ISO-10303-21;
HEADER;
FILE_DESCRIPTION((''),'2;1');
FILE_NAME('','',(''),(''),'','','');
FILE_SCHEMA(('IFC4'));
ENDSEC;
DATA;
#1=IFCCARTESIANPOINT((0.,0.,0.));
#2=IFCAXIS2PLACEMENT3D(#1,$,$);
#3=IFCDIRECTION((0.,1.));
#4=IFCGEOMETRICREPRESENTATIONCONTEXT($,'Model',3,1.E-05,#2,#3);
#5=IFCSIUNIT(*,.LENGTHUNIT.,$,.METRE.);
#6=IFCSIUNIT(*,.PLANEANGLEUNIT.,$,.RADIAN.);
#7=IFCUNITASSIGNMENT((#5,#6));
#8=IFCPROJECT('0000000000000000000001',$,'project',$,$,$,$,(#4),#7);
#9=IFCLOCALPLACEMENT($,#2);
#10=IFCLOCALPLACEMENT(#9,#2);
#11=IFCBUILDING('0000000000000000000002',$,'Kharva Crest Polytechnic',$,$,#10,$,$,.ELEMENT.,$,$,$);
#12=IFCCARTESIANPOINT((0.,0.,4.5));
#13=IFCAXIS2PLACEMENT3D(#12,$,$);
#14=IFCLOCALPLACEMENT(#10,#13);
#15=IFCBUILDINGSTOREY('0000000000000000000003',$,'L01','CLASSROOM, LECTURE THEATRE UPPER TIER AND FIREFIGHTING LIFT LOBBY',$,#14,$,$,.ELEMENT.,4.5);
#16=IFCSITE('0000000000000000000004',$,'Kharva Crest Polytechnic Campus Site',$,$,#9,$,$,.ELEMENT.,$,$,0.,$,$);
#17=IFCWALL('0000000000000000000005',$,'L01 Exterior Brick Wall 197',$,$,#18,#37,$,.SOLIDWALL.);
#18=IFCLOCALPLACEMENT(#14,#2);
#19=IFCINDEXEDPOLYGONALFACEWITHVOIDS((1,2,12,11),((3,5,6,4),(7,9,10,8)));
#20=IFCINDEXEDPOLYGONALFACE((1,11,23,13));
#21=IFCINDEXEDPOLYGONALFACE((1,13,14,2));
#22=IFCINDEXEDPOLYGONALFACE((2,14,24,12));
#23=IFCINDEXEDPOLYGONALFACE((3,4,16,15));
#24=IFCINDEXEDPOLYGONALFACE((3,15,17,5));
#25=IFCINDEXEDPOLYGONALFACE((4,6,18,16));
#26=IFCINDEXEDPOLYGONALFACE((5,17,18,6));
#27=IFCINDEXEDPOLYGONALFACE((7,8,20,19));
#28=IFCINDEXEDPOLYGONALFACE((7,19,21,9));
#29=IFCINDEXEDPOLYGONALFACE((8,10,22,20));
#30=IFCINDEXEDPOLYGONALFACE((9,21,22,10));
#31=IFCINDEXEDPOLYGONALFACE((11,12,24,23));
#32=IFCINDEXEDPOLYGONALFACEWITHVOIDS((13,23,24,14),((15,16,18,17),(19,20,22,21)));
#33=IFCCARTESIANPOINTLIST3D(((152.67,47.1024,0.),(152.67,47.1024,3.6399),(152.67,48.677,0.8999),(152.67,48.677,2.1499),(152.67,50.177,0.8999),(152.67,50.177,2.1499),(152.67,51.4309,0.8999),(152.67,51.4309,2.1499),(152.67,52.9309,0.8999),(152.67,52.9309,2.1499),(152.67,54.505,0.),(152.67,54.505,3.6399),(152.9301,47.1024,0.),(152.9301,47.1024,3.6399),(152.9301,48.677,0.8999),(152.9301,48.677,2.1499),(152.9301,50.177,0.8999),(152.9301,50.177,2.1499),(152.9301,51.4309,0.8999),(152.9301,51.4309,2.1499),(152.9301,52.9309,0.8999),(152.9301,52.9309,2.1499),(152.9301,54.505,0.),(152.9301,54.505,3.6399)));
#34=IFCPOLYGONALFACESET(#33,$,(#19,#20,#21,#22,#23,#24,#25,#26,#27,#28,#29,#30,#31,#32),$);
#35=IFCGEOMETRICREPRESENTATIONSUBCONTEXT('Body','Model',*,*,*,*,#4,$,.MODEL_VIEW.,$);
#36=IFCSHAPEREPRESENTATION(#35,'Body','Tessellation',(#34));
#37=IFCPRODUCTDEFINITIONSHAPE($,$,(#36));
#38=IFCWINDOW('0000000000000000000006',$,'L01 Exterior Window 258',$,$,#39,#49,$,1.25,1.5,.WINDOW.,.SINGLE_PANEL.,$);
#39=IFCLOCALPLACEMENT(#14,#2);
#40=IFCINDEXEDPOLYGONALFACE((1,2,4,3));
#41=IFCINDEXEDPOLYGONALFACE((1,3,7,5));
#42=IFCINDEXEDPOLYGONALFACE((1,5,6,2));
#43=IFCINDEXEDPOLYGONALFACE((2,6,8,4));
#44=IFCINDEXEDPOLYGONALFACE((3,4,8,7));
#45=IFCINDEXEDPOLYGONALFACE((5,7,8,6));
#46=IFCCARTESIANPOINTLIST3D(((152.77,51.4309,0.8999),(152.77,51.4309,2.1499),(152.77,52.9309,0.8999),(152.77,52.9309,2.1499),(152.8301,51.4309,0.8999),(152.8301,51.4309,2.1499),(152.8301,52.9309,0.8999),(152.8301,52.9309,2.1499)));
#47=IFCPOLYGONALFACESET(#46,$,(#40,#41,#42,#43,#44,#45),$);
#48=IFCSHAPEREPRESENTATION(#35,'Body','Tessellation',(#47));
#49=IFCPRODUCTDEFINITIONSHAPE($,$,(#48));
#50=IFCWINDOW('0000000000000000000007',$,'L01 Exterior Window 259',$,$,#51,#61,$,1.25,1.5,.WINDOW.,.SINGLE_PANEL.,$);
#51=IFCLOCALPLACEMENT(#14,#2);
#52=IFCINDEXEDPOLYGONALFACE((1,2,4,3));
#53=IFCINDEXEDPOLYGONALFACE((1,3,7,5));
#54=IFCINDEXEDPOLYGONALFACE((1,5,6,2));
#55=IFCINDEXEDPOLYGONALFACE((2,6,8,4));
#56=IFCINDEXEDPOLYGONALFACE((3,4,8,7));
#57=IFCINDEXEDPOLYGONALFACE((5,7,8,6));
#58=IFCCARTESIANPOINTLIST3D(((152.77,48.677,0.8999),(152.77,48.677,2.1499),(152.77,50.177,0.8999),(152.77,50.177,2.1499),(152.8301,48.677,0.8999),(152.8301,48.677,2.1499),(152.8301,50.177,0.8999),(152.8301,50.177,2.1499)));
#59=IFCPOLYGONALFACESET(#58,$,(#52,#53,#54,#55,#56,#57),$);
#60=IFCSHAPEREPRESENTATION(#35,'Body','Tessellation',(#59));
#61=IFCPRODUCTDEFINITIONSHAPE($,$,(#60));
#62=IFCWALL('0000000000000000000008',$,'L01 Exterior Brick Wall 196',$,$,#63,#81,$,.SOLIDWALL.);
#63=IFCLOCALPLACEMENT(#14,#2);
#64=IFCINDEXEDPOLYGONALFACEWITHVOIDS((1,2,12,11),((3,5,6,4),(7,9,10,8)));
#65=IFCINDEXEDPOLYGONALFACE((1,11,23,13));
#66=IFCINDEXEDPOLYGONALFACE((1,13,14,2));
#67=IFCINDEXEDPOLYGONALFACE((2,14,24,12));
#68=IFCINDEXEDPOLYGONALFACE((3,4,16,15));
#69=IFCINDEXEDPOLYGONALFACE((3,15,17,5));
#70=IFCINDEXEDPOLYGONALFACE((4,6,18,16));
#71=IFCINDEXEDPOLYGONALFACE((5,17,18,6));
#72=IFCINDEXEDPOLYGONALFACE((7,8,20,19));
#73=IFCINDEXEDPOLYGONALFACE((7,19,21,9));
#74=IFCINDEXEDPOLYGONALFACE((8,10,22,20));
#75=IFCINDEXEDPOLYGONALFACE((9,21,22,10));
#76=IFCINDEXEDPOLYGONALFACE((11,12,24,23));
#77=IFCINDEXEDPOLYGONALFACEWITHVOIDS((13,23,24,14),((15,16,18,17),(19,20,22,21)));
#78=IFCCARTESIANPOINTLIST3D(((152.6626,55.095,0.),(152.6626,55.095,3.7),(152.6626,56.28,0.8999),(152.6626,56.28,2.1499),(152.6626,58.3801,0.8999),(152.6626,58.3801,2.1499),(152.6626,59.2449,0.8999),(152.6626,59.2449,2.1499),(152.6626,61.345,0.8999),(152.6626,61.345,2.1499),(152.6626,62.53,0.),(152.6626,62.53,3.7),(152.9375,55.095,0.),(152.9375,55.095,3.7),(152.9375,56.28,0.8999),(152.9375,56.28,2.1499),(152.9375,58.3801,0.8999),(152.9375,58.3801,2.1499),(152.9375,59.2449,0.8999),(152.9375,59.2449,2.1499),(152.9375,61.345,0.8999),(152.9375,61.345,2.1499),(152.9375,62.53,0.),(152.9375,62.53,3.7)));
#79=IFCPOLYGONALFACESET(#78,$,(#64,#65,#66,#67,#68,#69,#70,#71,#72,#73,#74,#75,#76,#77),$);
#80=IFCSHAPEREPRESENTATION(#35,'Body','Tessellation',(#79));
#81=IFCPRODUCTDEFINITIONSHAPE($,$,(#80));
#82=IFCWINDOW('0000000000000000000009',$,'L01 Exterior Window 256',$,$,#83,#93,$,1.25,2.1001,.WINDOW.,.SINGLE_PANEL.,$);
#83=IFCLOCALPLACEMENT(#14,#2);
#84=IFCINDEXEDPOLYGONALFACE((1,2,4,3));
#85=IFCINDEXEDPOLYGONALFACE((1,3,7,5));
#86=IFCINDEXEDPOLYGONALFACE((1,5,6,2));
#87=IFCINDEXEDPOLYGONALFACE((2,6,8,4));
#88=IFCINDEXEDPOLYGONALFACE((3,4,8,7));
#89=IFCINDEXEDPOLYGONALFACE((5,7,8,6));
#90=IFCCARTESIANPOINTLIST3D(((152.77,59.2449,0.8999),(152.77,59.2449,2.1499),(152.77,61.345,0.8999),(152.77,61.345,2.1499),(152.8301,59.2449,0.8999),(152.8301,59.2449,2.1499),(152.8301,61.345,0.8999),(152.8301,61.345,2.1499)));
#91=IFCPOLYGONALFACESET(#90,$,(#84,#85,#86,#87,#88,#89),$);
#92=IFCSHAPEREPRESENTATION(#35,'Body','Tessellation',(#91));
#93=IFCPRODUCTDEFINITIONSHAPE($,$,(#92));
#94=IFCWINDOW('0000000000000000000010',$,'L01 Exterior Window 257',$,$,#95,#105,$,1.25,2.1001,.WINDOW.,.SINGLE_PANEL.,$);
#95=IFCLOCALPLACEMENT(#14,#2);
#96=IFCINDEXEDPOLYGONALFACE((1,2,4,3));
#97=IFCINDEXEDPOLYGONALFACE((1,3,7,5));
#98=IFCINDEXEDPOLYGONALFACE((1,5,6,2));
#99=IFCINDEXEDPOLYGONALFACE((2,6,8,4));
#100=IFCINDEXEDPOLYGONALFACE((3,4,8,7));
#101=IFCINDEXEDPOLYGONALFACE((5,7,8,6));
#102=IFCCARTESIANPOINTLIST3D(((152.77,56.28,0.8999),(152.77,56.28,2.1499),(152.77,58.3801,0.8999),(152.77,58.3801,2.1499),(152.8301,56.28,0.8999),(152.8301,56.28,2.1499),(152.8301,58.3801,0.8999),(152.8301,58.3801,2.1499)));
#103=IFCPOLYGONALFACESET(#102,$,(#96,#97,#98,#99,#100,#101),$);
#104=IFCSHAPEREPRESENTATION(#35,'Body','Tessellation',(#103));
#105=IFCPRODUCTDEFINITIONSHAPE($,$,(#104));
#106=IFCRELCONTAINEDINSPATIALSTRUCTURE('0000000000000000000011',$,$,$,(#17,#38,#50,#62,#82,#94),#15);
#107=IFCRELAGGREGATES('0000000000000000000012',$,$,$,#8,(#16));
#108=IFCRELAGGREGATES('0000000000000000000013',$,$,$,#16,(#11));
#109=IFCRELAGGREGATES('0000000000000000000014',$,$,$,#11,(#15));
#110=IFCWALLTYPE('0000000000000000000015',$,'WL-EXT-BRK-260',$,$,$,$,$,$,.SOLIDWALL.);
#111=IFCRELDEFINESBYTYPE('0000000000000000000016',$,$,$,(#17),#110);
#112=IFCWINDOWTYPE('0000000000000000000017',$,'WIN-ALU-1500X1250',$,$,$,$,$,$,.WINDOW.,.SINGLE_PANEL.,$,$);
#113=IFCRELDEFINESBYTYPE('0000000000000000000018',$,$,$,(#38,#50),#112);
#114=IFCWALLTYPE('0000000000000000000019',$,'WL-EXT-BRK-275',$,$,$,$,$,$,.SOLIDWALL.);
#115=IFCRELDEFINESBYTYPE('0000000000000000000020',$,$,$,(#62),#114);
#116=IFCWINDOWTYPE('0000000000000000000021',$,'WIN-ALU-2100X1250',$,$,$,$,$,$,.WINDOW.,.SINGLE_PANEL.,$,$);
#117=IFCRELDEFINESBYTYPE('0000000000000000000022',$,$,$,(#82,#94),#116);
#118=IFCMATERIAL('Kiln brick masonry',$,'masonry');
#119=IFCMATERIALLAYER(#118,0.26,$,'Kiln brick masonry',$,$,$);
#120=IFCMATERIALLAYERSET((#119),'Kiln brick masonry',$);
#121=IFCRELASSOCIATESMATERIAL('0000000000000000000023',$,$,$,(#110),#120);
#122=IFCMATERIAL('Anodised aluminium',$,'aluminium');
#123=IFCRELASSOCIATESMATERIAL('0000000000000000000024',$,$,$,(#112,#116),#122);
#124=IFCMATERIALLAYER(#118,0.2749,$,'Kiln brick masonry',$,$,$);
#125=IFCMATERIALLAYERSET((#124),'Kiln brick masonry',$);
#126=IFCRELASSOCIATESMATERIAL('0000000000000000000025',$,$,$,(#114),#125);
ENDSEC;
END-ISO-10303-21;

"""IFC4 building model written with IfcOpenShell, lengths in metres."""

from ifc_helpers import new_model, si_unit, direction, frame, frame_2d, origin, place, context, subcontext, project, spatial, rectangle, extrude, material, layer, layer_set, type_object, element, fill, save


model = new_model("IFC4")

# Units and contexts
model_context = context("Model", 3, precision=1e-05, world=origin(), true_north=direction((0.0, 1.0)))
body_context = subcontext(model_context, "Body", "Model", "MODEL_VIEW")
ifc_project = project(units=[si_unit("LENGTHUNIT", "METRE"), si_unit("PLANEANGLEUNIT", "RADIAN")], contexts=[model_context])

# Site, building, storey
site_placement = place(None, origin())
site = spatial("IfcSite", under=ifc_project, at=site_placement, Name="Kharva Crest Polytechnic Campus Site", CompositionType="ELEMENT", RefElevation=0.0)
building_placement = place(site_placement, origin())
building = spatial("IfcBuilding", under=site, at=building_placement, Name="Kharva Crest Polytechnic", CompositionType="ELEMENT")
storey_placement = place(building_placement, frame((0.0, 0.0, 4.5)))
storey = spatial("IfcBuildingStorey", under=building, at=storey_placement, Name="L01", Description="CLASSROOM, LECTURE THEATRE UPPER TIER AND FIREFIGHTING LIFT LOBBY", CompositionType="ELEMENT", Elevation=4.5)

# Walls, openings, windows
ifc_material_1 = material(Name="Kiln brick masonry", Category="masonry")
ifc_layer_1 = layer(ifc_material_1, 0.26, Name="Kiln brick masonry")
ifc_layer_set_1 = layer_set([ifc_layer_1], Name="Kiln brick masonry")
wall_type_1 = type_object("IfcWallType", Name="WL-EXT-BRK-260", PredefinedType="SOLIDWALL", material=ifc_layer_set_1)
wall_1_placement = place(storey_placement, frame((152.8, 54.5049, 0.0), z_axis=(0.0, 0.0, 1.0), x_axis=(0.0, -1.0, 0.0)))
wall_1 = element("IfcWall", 1, at=wall_1_placement, inside=storey, type_object=wall_type_1, Name="L01 Exterior Brick Wall 197", PredefinedType="SOLIDWALL", context=body_context, shape_type="SweptSolid", body=[
    extrude(rectangle(XDim=7.4026, YDim=0.26, at=frame_2d((3.7012, 0.0))), origin(), (0.0, 0.0, 1.0), 3.6399),
])
opening_1_placement = place(wall_1_placement, frame((1.574, 0.0, 0.8999)))
opening_1 = element("IfcOpeningElement", 2, at=opening_1_placement, cuts=wall_1, PredefinedType="OPENING", context=body_context, shape_type="SweptSolid", body=[
    extrude(rectangle(XDim=1.5, YDim=1.25, at=frame_2d((0.75, 0.625))), frame((0.0, 0.1399, 0.0), z_axis=(0.0, -1.0, 0.0), x_axis=(1.0, 0.0, 0.0)), (0.0, 0.0, 1.0), 0.28),
])
opening_2_placement = place(wall_1_placement, frame((4.3279, 0.0, 0.8999)))
opening_2 = element("IfcOpeningElement", 3, at=opening_2_placement, cuts=wall_1, PredefinedType="OPENING", context=body_context, shape_type="SweptSolid", body=[
    extrude(rectangle(XDim=1.5, YDim=1.25, at=frame_2d((0.75, 0.625))), frame((0.0, 0.1399, 0.0), z_axis=(0.0, -1.0, 0.0), x_axis=(1.0, 0.0, 0.0)), (0.0, 0.0, 1.0), 0.28),
])
ifc_material_2 = material(Name="Anodised aluminium", Category="aluminium")
window_type_1 = type_object("IfcWindowType", Name="WIN-ALU-1500X1250", PartitioningType="SINGLE_PANEL", PredefinedType="WINDOW", material=ifc_material_2)
window_1_placement = place(opening_1_placement, origin())
window_1 = element("IfcWindow", 4, at=window_1_placement, inside=storey, type_object=window_type_1, Name="L01 Exterior Window 258", OverallHeight=1.25, OverallWidth=1.5, PartitioningType="SINGLE_PANEL", PredefinedType="WINDOW", context=body_context, shape_type="SweptSolid", body=[
    extrude(rectangle(XDim=1.5, YDim=1.25, at=frame_2d((0.75, 0.625))), frame((0.0, 0.03, 0.0), z_axis=(0.0, -1.0, 0.0), x_axis=(1.0, 0.0, 0.0)), (0.0, 0.0, 1.0), 0.0601),
])
fill(opening_1, window_1)
window_2_placement = place(opening_2_placement, origin())
window_2 = element("IfcWindow", 5, at=window_2_placement, inside=storey, type_object=window_type_1, Name="L01 Exterior Window 259", OverallHeight=1.25, OverallWidth=1.5, PartitioningType="SINGLE_PANEL", PredefinedType="WINDOW", context=body_context, shape_type="SweptSolid", body=[
    extrude(rectangle(XDim=1.5, YDim=1.25, at=frame_2d((0.75, 0.625))), frame((0.0, 0.03, 0.0), z_axis=(0.0, -1.0, 0.0), x_axis=(1.0, 0.0, 0.0)), (0.0, 0.0, 1.0), 0.0601),
])
fill(opening_2, window_2)
ifc_layer_2 = layer(ifc_material_1, 0.2749, Name="Kiln brick masonry")
ifc_layer_set_2 = layer_set([ifc_layer_2], Name="Kiln brick masonry")
wall_type_2 = type_object("IfcWallType", Name="WL-EXT-BRK-275", PredefinedType="SOLIDWALL", material=ifc_layer_set_2)
wall_2_placement = place(storey_placement, frame((152.8, 62.53, 0.0), z_axis=(0.0, 0.0, 1.0), x_axis=(0.0, -1.0, 0.0)))
wall_2 = element("IfcWall", 6, at=wall_2_placement, inside=storey, type_object=wall_type_2, Name="L01 Exterior Brick Wall 196", PredefinedType="SOLIDWALL", context=body_context, shape_type="SweptSolid", body=[
    extrude(rectangle(XDim=7.4351, YDim=0.2749, at=frame_2d((3.7175, 0.0))), origin(), (0.0, 0.0, 1.0), 3.7),
])
opening_3_placement = place(wall_2_placement, frame((1.1851, 0.0, 0.8999)))
opening_3 = element("IfcOpeningElement", 7, at=opening_3_placement, cuts=wall_2, PredefinedType="OPENING", context=body_context, shape_type="SweptSolid", body=[
    extrude(rectangle(XDim=2.1001, YDim=1.25, at=frame_2d((1.05, 0.625))), frame((0.0, 0.1475, 0.0), z_axis=(0.0, -1.0, 0.0), x_axis=(1.0, 0.0, 0.0)), (0.0, 0.0, 1.0), 0.2949),
])
opening_4_placement = place(wall_2_placement, frame((4.1499, 0.0, 0.8999)))
opening_4 = element("IfcOpeningElement", 8, at=opening_4_placement, cuts=wall_2, PredefinedType="OPENING", context=body_context, shape_type="SweptSolid", body=[
    extrude(rectangle(XDim=2.1001, YDim=1.25, at=frame_2d((1.05, 0.625))), frame((0.0, 0.1475, 0.0), z_axis=(0.0, -1.0, 0.0), x_axis=(1.0, 0.0, 0.0)), (0.0, 0.0, 1.0), 0.2949),
])
window_type_2 = type_object("IfcWindowType", Name="WIN-ALU-2100X1250", PartitioningType="SINGLE_PANEL", PredefinedType="WINDOW", material=ifc_material_2)
window_3_placement = place(opening_3_placement, origin())
window_3 = element("IfcWindow", 9, at=window_3_placement, inside=storey, type_object=window_type_2, Name="L01 Exterior Window 256", OverallHeight=1.25, OverallWidth=2.1001, PartitioningType="SINGLE_PANEL", PredefinedType="WINDOW", context=body_context, shape_type="SweptSolid", body=[
    extrude(rectangle(XDim=2.1001, YDim=1.25, at=frame_2d((1.05, 0.625))), frame((0.0, 0.03, 0.0), z_axis=(0.0, -1.0, 0.0), x_axis=(1.0, 0.0, 0.0)), (0.0, 0.0, 1.0), 0.0601),
])
fill(opening_3, window_3)
window_4_placement = place(opening_4_placement, origin())
window_4 = element("IfcWindow", 10, at=window_4_placement, inside=storey, type_object=window_type_2, Name="L01 Exterior Window 257", OverallHeight=1.25, OverallWidth=2.1001, PartitioningType="SINGLE_PANEL", PredefinedType="WINDOW", context=body_context, shape_type="SweptSolid", body=[
    extrude(rectangle(XDim=2.1001, YDim=1.25, at=frame_2d((1.05, 0.625))), frame((0.0, 0.03, 0.0), z_axis=(0.0, -1.0, 0.0), x_axis=(1.0, 0.0, 0.0)), (0.0, 0.0, 1.0), 0.0601),
])
fill(opening_4, window_4)

save(model, "model.ifc")
